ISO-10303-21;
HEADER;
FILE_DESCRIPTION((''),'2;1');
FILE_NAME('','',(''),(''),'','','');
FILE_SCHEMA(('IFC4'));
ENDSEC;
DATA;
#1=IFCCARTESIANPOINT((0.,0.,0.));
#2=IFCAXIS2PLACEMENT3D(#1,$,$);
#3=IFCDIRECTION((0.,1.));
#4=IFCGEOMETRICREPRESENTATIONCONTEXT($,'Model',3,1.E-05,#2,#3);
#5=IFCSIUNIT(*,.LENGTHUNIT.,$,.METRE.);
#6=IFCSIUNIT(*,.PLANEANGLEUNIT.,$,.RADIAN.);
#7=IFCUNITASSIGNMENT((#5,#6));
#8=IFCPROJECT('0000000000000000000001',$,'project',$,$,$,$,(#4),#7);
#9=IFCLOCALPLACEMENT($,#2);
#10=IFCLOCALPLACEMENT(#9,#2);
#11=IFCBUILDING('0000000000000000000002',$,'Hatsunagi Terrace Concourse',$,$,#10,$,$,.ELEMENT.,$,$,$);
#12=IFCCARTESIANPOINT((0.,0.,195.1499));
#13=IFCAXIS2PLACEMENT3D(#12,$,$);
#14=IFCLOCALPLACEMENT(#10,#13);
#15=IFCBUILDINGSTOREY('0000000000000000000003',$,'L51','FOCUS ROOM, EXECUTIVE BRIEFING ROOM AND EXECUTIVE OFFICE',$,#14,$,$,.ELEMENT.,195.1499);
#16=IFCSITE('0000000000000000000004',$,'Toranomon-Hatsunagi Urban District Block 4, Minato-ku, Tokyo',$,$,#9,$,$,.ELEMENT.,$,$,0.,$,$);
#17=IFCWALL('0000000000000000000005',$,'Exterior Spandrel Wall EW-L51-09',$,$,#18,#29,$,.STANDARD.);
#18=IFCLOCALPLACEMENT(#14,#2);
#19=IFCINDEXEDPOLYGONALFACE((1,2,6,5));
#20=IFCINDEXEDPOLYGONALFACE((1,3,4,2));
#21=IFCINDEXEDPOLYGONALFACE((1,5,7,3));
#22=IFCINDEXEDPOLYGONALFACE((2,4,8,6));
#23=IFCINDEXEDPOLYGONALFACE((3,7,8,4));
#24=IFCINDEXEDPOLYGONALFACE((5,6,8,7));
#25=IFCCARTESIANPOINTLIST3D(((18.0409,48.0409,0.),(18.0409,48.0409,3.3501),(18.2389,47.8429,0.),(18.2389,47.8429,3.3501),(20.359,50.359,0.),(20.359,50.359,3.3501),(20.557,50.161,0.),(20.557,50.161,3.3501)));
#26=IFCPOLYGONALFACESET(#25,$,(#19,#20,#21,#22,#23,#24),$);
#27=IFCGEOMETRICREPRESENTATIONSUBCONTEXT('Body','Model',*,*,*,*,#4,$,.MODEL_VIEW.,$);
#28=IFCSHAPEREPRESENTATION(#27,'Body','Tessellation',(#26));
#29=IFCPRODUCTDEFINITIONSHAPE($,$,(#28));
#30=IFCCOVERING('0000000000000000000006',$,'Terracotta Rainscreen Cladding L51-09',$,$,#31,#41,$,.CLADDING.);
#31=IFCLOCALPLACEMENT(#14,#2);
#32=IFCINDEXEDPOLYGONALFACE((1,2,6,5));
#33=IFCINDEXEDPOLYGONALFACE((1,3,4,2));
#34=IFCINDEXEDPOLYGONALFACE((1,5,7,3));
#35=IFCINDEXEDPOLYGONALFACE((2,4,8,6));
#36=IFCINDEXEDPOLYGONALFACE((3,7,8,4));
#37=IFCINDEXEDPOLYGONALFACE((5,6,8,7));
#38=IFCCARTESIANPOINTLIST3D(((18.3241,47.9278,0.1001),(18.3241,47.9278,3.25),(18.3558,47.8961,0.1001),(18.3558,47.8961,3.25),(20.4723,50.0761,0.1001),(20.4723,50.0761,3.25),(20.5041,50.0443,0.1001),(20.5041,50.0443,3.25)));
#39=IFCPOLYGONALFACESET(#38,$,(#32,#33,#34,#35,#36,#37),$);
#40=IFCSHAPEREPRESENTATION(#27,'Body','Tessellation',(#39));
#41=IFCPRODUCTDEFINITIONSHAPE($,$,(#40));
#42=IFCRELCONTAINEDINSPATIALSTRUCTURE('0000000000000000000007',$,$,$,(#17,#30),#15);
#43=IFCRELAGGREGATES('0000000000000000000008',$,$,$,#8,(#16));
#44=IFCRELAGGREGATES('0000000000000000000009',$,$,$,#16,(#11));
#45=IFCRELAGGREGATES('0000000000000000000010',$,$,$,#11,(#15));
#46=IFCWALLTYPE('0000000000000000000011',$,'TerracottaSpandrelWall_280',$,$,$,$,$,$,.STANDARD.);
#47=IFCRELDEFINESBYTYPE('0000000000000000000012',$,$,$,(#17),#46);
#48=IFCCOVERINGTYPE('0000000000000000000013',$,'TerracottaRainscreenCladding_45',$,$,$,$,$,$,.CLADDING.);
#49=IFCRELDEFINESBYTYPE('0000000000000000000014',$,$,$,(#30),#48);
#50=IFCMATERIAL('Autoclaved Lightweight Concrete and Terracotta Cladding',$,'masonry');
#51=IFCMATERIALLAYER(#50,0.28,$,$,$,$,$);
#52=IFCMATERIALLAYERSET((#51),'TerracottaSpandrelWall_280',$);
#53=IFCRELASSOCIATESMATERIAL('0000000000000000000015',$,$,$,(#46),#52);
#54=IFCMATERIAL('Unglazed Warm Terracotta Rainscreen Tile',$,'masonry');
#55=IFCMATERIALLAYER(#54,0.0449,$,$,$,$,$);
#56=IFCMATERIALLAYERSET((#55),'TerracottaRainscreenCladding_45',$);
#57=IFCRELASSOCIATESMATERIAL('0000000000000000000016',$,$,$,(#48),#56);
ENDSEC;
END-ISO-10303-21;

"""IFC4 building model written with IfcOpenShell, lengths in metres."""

from ifc_helpers import new_model, si_unit, direction, frame, frame_2d, origin, origin_2d, place, context, subcontext, project, spatial, rectangle, extrude, material, layer, layer_set, type_object, element, save


model = new_model("IFC4")

# Units and contexts
model_context = context("Model", 3, precision=1e-05, world=origin(), true_north=direction((0.0, 1.0)))
body_context = subcontext(model_context, "Body", "Model", "MODEL_VIEW")
ifc_project = project(units=[si_unit("LENGTHUNIT", "METRE"), si_unit("PLANEANGLEUNIT", "RADIAN")], contexts=[model_context])

# Site, building, storey
site_placement = place(None, origin())
site = spatial("IfcSite", under=ifc_project, at=site_placement, Name="Toranomon-Hatsunagi Urban District Block 4, Minato-ku, Tokyo", CompositionType="ELEMENT", RefElevation=0.0)
building_placement = place(site_placement, origin())
building = spatial("IfcBuilding", under=site, at=building_placement, Name="Hatsunagi Terrace Concourse", CompositionType="ELEMENT")
storey_placement = place(building_placement, frame((0.0, 0.0, 195.1499)))
storey = spatial("IfcBuildingStorey", under=building, at=storey_placement, Name="L51", Description="FOCUS ROOM, EXECUTIVE BRIEFING ROOM AND EXECUTIVE OFFICE", CompositionType="ELEMENT", Elevation=195.1499)

# Wall
ifc_material_1 = material(Name="Autoclaved Lightweight Concrete and Terracotta Cladding", Category="masonry")
ifc_layer_1 = layer(ifc_material_1, 0.28)
ifc_layer_set_1 = layer_set([ifc_layer_1], Name="TerracottaSpandrelWall_280")
wall_type_1 = type_object("IfcWallType", Name="TerracottaSpandrelWall_280", PredefinedType="STANDARD", material=ifc_layer_set_1)
wall_1_placement = place(storey_placement, frame((18.1399, 47.9419, 0.0), z_axis=(0.0, 0.0, 1.0), x_axis=(0.707107, 0.707107, 0.0)))
element("IfcWall", 1, at=wall_1_placement, inside=storey, type_object=wall_type_1, Name="Exterior Spandrel Wall EW-L51-09", PredefinedType="STANDARD", context=body_context, shape_type="SweptSolid", body=[
    extrude(rectangle(XDim=3.2783, YDim=0.28, at=frame_2d((1.6392, 0.0))), origin(), (0.0, 0.0, 1.0), 3.3501),
])

# Covering
ifc_material_2 = material(Name="Unglazed Warm Terracotta Rainscreen Tile", Category="masonry")
ifc_layer_2 = layer(ifc_material_2, 0.0449)
ifc_layer_set_2 = layer_set([ifc_layer_2], Name="TerracottaRainscreenCladding_45")
covering_type = type_object("IfcCoveringType", Name="TerracottaRainscreenCladding_45", PredefinedType="CLADDING", material=ifc_layer_set_2)
covering_placement = place(storey_placement, frame((19.4141, 48.9861, 0.1001), z_axis=(0.0, 0.0, 1.0), x_axis=(0.707107, 0.707107, 0.0)))
element("IfcCovering", 2, at=covering_placement, inside=storey, type_object=covering_type, Name="Terracotta Rainscreen Cladding L51-09", PredefinedType="CLADDING", context=body_context, shape_type="SweptSolid", body=[
    extrude(rectangle(XDim=3.0381, YDim=0.0449, at=origin_2d()), origin(), (0.0, 0.0, 1.0), 3.1499),
])

save(model, "model.ifc")
